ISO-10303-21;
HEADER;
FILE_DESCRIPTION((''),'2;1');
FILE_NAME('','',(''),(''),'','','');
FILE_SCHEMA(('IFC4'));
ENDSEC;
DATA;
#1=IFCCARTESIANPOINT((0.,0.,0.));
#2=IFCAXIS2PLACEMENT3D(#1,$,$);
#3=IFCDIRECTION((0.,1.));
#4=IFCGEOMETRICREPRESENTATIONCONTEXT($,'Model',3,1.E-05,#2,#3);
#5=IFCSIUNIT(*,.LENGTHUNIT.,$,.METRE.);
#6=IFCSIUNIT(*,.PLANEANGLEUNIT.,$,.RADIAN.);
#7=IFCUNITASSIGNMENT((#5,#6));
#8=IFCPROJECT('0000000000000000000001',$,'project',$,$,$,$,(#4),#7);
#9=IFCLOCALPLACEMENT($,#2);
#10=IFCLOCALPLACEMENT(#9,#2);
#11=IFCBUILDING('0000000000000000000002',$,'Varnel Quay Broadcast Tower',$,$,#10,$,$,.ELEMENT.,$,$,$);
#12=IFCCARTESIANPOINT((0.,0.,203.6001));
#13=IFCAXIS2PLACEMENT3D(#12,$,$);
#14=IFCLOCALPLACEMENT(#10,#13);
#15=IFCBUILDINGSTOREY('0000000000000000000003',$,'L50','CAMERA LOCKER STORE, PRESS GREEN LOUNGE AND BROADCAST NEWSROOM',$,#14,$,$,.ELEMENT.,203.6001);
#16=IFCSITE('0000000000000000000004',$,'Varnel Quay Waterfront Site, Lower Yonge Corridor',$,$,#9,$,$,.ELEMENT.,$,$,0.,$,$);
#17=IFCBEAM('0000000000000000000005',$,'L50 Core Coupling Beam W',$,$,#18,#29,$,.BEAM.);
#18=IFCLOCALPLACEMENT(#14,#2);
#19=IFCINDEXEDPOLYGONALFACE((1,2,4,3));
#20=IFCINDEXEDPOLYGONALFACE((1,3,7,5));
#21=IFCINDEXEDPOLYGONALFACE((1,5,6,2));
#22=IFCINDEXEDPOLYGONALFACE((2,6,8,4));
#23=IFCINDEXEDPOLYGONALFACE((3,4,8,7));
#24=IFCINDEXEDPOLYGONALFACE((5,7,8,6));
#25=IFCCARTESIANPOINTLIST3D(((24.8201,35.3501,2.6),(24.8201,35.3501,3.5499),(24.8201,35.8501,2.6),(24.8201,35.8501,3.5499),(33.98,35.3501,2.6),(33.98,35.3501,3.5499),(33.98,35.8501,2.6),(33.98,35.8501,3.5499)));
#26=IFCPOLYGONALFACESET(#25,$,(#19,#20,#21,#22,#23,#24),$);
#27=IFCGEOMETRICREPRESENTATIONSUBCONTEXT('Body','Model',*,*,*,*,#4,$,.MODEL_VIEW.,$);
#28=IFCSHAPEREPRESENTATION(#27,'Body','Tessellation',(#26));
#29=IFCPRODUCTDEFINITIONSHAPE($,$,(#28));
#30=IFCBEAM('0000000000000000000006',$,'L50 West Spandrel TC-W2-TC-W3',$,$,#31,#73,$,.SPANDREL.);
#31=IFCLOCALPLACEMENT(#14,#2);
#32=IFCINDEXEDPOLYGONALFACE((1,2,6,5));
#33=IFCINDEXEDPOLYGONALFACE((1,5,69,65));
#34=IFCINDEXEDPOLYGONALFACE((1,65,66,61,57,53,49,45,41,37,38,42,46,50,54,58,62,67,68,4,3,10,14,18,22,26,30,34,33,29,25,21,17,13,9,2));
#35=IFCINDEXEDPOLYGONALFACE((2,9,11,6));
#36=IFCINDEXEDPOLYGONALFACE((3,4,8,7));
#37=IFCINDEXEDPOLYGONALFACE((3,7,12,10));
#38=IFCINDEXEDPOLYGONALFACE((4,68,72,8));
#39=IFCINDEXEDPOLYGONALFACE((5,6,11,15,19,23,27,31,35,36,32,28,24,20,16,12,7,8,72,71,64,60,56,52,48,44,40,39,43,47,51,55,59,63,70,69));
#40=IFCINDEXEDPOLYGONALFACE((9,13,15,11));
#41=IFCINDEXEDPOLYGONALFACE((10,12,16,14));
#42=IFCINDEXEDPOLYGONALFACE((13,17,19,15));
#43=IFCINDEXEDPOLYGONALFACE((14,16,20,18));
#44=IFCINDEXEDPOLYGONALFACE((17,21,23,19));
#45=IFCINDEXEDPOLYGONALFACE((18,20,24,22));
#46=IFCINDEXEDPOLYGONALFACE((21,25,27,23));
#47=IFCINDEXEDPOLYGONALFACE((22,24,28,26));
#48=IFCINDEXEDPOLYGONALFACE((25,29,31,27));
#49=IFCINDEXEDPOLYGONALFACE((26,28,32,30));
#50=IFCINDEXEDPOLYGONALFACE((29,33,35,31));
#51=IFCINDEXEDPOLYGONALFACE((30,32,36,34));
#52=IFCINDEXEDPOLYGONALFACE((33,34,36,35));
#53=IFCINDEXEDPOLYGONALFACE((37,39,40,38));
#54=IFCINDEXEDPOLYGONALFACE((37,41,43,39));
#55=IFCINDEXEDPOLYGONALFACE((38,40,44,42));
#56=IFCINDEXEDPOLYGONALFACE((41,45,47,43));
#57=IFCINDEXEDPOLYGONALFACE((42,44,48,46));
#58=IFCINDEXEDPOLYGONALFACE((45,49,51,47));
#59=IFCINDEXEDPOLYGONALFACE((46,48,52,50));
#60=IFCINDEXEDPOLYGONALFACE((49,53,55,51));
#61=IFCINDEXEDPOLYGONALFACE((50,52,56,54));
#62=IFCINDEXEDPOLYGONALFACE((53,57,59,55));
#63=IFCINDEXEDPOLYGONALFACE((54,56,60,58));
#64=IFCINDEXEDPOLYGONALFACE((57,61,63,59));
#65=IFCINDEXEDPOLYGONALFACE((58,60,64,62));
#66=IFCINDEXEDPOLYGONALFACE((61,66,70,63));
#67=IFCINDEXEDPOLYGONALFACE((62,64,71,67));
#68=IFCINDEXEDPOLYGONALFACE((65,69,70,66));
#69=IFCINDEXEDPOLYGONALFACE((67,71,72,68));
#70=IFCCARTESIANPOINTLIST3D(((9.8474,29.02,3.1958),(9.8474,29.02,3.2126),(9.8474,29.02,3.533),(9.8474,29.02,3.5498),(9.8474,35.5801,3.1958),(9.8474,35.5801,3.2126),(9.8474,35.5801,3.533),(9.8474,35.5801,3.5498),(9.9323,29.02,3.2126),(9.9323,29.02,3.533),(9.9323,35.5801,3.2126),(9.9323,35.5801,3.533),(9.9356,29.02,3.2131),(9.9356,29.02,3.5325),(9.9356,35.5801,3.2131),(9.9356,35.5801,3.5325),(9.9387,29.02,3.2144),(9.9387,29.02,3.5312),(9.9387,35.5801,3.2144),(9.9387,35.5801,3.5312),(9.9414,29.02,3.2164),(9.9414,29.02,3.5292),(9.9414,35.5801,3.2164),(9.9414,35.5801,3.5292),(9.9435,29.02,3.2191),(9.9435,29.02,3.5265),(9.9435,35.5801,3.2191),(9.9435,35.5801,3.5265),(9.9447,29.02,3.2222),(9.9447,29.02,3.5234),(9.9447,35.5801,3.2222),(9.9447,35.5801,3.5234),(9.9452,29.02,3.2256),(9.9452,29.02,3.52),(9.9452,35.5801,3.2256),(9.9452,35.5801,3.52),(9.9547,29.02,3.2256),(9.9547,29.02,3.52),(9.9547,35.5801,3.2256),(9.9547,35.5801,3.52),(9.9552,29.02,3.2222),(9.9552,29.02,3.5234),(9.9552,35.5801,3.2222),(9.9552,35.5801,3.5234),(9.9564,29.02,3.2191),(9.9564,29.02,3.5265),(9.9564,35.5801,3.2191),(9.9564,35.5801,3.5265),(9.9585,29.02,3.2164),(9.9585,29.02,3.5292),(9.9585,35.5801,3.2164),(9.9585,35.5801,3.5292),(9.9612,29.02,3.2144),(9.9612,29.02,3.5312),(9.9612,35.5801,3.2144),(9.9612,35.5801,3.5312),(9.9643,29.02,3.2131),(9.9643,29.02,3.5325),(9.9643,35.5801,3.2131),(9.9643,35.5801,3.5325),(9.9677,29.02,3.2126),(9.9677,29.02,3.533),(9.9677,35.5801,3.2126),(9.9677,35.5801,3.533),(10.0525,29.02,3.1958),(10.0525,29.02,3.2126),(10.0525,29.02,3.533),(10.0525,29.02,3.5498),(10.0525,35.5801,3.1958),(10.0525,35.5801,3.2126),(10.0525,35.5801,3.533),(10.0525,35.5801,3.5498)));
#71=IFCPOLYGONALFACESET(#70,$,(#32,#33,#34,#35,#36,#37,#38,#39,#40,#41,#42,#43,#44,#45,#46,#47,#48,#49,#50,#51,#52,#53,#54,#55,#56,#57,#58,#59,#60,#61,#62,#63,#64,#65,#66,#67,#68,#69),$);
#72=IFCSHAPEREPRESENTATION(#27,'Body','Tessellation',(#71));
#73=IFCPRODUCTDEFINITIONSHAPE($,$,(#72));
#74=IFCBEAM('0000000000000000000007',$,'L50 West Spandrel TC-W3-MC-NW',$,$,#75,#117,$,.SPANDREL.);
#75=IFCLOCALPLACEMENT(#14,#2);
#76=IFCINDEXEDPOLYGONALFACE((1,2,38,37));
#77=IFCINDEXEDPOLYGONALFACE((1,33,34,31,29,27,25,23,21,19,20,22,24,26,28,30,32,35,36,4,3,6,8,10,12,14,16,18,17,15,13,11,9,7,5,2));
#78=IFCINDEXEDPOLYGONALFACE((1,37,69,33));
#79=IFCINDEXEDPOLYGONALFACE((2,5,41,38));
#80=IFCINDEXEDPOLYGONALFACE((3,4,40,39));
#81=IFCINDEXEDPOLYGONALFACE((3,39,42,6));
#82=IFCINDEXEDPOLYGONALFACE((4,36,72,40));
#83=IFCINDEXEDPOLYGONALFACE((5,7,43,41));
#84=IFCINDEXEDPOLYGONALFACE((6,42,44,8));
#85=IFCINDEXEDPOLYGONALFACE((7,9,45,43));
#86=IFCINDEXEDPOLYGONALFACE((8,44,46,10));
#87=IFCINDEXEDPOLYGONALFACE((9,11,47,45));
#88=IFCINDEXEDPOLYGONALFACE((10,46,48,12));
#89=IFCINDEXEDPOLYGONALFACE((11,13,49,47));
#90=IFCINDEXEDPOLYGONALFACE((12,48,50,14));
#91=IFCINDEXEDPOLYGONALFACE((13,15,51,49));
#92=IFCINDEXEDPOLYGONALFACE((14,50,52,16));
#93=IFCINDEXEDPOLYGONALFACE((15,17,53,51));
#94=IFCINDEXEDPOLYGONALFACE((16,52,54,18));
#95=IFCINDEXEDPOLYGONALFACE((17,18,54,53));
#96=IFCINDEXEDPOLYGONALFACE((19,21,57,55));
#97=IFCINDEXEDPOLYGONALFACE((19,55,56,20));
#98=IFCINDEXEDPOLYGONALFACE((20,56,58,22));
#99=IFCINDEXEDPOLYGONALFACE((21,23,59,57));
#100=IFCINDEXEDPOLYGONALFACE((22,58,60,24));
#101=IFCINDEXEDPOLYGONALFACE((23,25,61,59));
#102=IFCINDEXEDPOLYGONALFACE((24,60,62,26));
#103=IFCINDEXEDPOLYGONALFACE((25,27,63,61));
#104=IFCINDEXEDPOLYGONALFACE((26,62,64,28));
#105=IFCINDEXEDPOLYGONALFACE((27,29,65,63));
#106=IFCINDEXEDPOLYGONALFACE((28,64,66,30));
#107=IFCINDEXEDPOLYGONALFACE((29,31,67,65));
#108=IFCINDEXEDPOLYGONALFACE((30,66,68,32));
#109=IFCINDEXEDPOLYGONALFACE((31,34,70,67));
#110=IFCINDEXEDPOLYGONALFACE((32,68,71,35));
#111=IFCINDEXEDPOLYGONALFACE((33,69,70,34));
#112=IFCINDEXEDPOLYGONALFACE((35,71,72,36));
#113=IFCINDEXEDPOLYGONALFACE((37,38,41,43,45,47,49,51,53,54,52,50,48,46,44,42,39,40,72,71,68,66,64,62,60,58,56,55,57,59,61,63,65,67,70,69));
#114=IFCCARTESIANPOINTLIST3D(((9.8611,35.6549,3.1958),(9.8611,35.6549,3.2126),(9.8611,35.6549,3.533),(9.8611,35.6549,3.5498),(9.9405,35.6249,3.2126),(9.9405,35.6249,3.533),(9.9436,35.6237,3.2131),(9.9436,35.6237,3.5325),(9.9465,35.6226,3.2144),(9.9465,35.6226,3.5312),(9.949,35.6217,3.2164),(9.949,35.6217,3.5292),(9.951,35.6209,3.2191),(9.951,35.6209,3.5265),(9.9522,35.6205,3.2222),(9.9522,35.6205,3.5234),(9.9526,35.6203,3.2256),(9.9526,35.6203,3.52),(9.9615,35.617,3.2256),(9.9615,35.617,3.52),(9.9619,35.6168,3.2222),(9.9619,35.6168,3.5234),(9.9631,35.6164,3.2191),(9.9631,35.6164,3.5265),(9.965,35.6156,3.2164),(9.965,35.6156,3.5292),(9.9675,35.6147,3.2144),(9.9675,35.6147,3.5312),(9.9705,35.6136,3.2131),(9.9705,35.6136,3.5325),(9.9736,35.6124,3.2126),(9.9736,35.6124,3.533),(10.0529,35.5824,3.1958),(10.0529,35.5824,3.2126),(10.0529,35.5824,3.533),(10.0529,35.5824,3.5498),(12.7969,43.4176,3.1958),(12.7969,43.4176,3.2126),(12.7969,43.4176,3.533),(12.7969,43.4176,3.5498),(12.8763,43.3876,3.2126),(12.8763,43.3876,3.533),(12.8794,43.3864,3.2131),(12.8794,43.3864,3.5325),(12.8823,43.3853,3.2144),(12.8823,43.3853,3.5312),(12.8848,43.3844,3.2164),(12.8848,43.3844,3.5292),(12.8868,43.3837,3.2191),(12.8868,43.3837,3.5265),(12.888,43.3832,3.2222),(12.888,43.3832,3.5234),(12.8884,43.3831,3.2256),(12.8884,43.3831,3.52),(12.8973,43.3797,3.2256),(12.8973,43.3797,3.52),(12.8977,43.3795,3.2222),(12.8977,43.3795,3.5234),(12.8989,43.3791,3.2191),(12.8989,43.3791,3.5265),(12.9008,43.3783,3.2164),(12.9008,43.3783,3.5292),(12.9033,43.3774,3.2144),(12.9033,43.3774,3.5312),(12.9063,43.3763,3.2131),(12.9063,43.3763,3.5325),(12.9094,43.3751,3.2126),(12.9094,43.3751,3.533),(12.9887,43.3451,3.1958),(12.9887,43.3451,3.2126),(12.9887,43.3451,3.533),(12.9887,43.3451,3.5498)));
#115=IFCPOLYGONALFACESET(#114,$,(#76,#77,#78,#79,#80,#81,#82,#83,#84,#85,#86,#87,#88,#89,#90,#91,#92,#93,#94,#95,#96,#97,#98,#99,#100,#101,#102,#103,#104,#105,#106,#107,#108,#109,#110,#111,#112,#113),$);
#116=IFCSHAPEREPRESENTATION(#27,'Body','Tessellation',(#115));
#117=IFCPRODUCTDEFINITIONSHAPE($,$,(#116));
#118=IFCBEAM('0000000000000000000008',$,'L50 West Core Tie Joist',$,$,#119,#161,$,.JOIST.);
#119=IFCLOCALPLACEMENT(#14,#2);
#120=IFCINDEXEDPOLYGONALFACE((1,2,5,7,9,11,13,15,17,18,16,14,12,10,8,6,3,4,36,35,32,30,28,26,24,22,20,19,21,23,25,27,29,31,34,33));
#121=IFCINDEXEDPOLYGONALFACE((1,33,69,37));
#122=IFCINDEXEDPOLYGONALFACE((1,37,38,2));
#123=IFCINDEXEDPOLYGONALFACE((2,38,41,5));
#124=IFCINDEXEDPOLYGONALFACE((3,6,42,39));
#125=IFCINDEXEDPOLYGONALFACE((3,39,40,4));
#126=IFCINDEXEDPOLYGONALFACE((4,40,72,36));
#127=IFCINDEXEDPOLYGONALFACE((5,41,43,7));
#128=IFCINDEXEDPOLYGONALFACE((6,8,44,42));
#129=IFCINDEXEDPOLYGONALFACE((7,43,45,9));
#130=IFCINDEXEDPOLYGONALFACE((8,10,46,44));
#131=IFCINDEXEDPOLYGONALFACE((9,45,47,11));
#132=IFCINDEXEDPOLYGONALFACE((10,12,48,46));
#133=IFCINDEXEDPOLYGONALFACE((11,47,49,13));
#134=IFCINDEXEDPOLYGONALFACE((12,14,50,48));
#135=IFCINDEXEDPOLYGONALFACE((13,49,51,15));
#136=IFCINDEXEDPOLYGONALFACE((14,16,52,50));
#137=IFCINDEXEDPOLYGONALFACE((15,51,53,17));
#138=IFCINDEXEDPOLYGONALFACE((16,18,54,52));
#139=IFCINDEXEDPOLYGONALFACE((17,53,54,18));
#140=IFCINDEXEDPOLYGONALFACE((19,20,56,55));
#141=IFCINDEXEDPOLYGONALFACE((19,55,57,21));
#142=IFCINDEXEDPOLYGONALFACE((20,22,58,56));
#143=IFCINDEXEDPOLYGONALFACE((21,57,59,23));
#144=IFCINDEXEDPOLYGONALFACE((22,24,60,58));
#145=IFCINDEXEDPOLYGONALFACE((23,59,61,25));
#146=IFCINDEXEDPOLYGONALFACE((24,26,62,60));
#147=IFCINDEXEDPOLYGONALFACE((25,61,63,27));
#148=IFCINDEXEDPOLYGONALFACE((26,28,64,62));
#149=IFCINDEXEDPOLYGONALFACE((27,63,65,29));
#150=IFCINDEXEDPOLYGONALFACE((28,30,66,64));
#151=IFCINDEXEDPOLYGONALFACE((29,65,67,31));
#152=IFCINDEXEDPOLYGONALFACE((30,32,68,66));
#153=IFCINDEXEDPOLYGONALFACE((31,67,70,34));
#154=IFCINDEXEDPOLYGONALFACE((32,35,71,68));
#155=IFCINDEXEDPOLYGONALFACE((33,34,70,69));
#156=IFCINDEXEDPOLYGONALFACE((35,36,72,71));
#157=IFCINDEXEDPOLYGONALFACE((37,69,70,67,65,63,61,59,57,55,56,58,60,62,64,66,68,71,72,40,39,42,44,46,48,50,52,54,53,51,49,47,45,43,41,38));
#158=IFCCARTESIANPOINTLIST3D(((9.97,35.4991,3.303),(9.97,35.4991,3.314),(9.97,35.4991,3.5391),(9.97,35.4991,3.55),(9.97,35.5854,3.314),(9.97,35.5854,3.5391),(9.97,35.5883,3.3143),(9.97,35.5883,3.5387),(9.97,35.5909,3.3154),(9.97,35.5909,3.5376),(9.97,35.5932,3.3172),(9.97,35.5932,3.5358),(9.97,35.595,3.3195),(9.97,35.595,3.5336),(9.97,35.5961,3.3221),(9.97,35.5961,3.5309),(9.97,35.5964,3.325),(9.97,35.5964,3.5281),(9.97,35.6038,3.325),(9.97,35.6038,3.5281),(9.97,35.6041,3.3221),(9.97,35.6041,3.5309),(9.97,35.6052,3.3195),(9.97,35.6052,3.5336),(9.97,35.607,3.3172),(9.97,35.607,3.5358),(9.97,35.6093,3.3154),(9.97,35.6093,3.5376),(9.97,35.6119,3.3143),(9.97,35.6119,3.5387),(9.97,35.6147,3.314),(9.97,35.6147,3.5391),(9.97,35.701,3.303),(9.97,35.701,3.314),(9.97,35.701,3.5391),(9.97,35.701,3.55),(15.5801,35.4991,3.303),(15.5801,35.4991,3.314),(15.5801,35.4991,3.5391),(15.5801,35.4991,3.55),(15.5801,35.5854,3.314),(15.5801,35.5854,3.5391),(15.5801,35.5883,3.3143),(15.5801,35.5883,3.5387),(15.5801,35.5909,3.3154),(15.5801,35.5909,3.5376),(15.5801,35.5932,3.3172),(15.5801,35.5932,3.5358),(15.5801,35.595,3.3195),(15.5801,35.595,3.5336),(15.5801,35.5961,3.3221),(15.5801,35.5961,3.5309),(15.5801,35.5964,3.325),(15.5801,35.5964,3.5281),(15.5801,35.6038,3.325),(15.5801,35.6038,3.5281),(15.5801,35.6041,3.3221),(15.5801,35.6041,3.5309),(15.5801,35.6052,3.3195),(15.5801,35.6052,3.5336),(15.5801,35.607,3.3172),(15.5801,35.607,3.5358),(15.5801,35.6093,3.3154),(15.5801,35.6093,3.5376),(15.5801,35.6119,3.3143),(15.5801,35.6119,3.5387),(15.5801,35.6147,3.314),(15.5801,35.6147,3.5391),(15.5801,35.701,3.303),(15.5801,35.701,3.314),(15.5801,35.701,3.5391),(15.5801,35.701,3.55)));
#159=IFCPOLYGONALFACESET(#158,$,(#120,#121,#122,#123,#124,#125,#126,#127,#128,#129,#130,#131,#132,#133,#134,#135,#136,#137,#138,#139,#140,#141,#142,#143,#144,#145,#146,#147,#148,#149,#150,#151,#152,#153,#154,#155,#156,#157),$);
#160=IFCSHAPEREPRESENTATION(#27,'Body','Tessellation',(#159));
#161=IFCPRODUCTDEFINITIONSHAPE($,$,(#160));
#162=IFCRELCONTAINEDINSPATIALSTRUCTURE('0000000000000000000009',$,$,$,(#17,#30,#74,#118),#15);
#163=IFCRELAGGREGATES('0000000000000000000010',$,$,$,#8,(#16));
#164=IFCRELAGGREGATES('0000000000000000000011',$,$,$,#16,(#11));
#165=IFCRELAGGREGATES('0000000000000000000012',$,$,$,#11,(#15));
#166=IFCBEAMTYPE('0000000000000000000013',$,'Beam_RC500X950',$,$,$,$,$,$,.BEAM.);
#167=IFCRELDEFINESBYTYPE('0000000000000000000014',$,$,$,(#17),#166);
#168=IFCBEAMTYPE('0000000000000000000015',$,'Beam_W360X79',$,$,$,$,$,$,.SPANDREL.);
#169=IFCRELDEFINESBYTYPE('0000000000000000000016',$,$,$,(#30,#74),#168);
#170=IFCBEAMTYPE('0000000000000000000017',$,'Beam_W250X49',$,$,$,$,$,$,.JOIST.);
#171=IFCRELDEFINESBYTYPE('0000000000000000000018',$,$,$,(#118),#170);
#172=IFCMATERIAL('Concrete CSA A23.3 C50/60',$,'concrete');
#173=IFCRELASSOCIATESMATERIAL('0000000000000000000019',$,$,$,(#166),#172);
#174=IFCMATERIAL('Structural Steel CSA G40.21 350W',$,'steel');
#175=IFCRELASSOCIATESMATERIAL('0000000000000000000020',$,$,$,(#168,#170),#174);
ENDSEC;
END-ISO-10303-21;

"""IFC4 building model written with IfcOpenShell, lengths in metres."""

from ifc_helpers import new_model, si_unit, direction, frame, origin, origin_2d, place, context, subcontext, project, spatial, rectangle, i_section, extrude, source, transform, mapped, material, material_profile, profile_set, type_object, type_shapes, element, save


model = new_model("IFC4")

# Units and contexts
model_context = context("Model", 3, precision=1e-05, world=origin(), true_north=direction((0.0, 1.0)))
body_context = subcontext(model_context, "Body", "Model", "MODEL_VIEW")
ifc_project = project(units=[si_unit("LENGTHUNIT", "METRE"), si_unit("PLANEANGLEUNIT", "RADIAN")], contexts=[model_context])

# Site, building, storey
site_placement = place(None, origin())
site = spatial("IfcSite", under=ifc_project, at=site_placement, Name="Varnel Quay Waterfront Site, Lower Yonge Corridor", CompositionType="ELEMENT", RefElevation=0.0)
building_placement = place(site_placement, origin())
building = spatial("IfcBuilding", under=site, at=building_placement, Name="Varnel Quay Broadcast Tower", CompositionType="ELEMENT")
storey_placement = place(building_placement, frame((0.0, 0.0, 203.6001)))
storey = spatial("IfcBuildingStorey", under=building, at=storey_placement, Name="L50", Description="CAMERA LOCKER STORE, PRESS GREEN LOUNGE AND BROADCAST NEWSROOM", CompositionType="ELEMENT", Elevation=203.6001)

# Shared definitions
ifc_material_1 = material(Name="Structural Steel CSA G40.21 350W", Category="steel")

# Beams
ifc_material_2 = material(Name="Concrete CSA A23.3 C50/60", Category="concrete")
ifc_material_profile_1 = material_profile(ifc_material_2, rectangle(XDim=0.5, YDim=0.95, at=origin_2d()), Name="RC500X950")
ifc_profile_set_1 = profile_set([ifc_material_profile_1], Name="Concrete CSA A23.3 C50/60")
beam_type_1 = type_object("IfcBeamType", Name="Beam_RC500X950", PredefinedType="BEAM", material=ifc_profile_set_1)
shared_shape_1 = source(origin(), body_context, "Body", "SweptSolid", [
    extrude(rectangle(XDim=0.5, YDim=0.95, at=origin_2d()), origin(), (0.0, 0.0, 1.0), 9.1599),
])
type_shapes(beam_type_1, [shared_shape_1])
beam_1_placement = place(storey_placement, frame((24.8201, 35.6001, 3.075), z_axis=(1.0, 0.0, 0.0), x_axis=(0.0, 1.0, 0.0)))
element("IfcBeam", 1, at=beam_1_placement, inside=storey, type_object=beam_type_1, Name="L50 Core Coupling Beam W", PredefinedType="BEAM", context=body_context, shape_type="MappedRepresentation", body=[
    mapped(shared_shape_1, transform((0.0, 0.0, 0.0), x_axis=(1.0, 0.0, 0.0), y_axis=(0.0, 1.0, 0.0), z_axis=(0.0, 0.0, 1.0), scale=1.0)),
])
ifc_material_profile_2 = material_profile(ifc_material_1, i_section(OverallWidth=0.2051, OverallDepth=0.354, WebThickness=0.0095, FlangeThickness=0.0168, FilletRadius=0.0129, at=origin_2d()), Name="W360X79")
ifc_profile_set_2 = profile_set([ifc_material_profile_2], Name="Structural Steel CSA G40.21 350W")
beam_type_2 = type_object("IfcBeamType", Name="Beam_W360X79", PredefinedType="SPANDREL", material=ifc_profile_set_2)
shared_shape_2 = source(origin(), body_context, "Body", "SweptSolid", [
    extrude(i_section(OverallWidth=0.2051, OverallDepth=0.354, WebThickness=0.0095, FlangeThickness=0.0168, FilletRadius=0.0129, at=origin_2d()), origin(), (0.0, 0.0, 1.0), 6.5601),
])
beam_2_placement = place(storey_placement, frame((9.95, 29.02, 3.3728), z_axis=(0.0, 1.0, 0.0), x_axis=(-1.0, 0.0, 0.0)))
element("IfcBeam", 2, at=beam_2_placement, inside=storey, type_object=beam_type_2, Name="L50 West Spandrel TC-W2-TC-W3", PredefinedType="SPANDREL", context=body_context, shape_type="MappedRepresentation", body=[
    mapped(shared_shape_2, transform((0.0, 0.0, 0.0), x_axis=(1.0, 0.0, 0.0), y_axis=(0.0, 1.0, 0.0), z_axis=(0.0, 0.0, 1.0), scale=1.0)),
])
shared_shape_3 = source(origin(), body_context, "Body", "SweptSolid", [
    extrude(i_section(OverallWidth=0.2051, OverallDepth=0.354, WebThickness=0.0095, FlangeThickness=0.0168, FilletRadius=0.0129, at=origin_2d()), origin(), (0.0, 0.0, 1.0), 8.2993),
])
type_shapes(beam_type_2, [shared_shape_2, shared_shape_3])
beam_3_placement = place(storey_placement, frame((9.957, 35.6187, 3.3728), z_axis=(0.35374, 0.935344, 0.0), x_axis=(-0.935344, 0.35374, 0.0)))
element("IfcBeam", 3, at=beam_3_placement, inside=storey, type_object=beam_type_2, Name="L50 West Spandrel TC-W3-MC-NW", PredefinedType="SPANDREL", context=body_context, shape_type="MappedRepresentation", body=[
    mapped(shared_shape_3, transform((0.0, 0.0, 0.0), x_axis=(1.0, 0.0, 0.0), y_axis=(0.0, 1.0, 0.0), z_axis=(0.0, 0.0, 1.0), scale=1.0)),
])
ifc_material_profile_3 = material_profile(ifc_material_1, i_section(OverallWidth=0.2019, OverallDepth=0.2471, WebThickness=0.0073, FlangeThickness=0.011, FilletRadius=0.011, at=origin_2d()), Name="W250X49")
ifc_profile_set_3 = profile_set([ifc_material_profile_3], Name="Structural Steel CSA G40.21 350W")
beam_type_3 = type_object("IfcBeamType", Name="Beam_W250X49", PredefinedType="JOIST", material=ifc_profile_set_3)
shared_shape_4 = source(origin(), body_context, "Body", "SweptSolid", [
    extrude(i_section(OverallWidth=0.2019, OverallDepth=0.2471, WebThickness=0.0073, FlangeThickness=0.011, FilletRadius=0.011, at=origin_2d()), origin(), (0.0, 0.0, 1.0), 5.6101),
])
type_shapes(beam_type_3, [shared_shape_4])
beam_4_placement = place(storey_placement, frame((9.97, 35.6001, 3.4265), z_axis=(1.0, 0.0, 0.0), x_axis=(0.0, 1.0, 0.0)))
element("IfcBeam", 4, at=beam_4_placement, inside=storey, type_object=beam_type_3, Name="L50 West Core Tie Joist", PredefinedType="JOIST", context=body_context, shape_type="MappedRepresentation", body=[
    mapped(shared_shape_4, transform((0.0, 0.0, 0.0), x_axis=(1.0, 0.0, 0.0), y_axis=(0.0, 1.0, 0.0), z_axis=(0.0, 0.0, 1.0), scale=1.0)),
])

save(model, "model.ifc")
